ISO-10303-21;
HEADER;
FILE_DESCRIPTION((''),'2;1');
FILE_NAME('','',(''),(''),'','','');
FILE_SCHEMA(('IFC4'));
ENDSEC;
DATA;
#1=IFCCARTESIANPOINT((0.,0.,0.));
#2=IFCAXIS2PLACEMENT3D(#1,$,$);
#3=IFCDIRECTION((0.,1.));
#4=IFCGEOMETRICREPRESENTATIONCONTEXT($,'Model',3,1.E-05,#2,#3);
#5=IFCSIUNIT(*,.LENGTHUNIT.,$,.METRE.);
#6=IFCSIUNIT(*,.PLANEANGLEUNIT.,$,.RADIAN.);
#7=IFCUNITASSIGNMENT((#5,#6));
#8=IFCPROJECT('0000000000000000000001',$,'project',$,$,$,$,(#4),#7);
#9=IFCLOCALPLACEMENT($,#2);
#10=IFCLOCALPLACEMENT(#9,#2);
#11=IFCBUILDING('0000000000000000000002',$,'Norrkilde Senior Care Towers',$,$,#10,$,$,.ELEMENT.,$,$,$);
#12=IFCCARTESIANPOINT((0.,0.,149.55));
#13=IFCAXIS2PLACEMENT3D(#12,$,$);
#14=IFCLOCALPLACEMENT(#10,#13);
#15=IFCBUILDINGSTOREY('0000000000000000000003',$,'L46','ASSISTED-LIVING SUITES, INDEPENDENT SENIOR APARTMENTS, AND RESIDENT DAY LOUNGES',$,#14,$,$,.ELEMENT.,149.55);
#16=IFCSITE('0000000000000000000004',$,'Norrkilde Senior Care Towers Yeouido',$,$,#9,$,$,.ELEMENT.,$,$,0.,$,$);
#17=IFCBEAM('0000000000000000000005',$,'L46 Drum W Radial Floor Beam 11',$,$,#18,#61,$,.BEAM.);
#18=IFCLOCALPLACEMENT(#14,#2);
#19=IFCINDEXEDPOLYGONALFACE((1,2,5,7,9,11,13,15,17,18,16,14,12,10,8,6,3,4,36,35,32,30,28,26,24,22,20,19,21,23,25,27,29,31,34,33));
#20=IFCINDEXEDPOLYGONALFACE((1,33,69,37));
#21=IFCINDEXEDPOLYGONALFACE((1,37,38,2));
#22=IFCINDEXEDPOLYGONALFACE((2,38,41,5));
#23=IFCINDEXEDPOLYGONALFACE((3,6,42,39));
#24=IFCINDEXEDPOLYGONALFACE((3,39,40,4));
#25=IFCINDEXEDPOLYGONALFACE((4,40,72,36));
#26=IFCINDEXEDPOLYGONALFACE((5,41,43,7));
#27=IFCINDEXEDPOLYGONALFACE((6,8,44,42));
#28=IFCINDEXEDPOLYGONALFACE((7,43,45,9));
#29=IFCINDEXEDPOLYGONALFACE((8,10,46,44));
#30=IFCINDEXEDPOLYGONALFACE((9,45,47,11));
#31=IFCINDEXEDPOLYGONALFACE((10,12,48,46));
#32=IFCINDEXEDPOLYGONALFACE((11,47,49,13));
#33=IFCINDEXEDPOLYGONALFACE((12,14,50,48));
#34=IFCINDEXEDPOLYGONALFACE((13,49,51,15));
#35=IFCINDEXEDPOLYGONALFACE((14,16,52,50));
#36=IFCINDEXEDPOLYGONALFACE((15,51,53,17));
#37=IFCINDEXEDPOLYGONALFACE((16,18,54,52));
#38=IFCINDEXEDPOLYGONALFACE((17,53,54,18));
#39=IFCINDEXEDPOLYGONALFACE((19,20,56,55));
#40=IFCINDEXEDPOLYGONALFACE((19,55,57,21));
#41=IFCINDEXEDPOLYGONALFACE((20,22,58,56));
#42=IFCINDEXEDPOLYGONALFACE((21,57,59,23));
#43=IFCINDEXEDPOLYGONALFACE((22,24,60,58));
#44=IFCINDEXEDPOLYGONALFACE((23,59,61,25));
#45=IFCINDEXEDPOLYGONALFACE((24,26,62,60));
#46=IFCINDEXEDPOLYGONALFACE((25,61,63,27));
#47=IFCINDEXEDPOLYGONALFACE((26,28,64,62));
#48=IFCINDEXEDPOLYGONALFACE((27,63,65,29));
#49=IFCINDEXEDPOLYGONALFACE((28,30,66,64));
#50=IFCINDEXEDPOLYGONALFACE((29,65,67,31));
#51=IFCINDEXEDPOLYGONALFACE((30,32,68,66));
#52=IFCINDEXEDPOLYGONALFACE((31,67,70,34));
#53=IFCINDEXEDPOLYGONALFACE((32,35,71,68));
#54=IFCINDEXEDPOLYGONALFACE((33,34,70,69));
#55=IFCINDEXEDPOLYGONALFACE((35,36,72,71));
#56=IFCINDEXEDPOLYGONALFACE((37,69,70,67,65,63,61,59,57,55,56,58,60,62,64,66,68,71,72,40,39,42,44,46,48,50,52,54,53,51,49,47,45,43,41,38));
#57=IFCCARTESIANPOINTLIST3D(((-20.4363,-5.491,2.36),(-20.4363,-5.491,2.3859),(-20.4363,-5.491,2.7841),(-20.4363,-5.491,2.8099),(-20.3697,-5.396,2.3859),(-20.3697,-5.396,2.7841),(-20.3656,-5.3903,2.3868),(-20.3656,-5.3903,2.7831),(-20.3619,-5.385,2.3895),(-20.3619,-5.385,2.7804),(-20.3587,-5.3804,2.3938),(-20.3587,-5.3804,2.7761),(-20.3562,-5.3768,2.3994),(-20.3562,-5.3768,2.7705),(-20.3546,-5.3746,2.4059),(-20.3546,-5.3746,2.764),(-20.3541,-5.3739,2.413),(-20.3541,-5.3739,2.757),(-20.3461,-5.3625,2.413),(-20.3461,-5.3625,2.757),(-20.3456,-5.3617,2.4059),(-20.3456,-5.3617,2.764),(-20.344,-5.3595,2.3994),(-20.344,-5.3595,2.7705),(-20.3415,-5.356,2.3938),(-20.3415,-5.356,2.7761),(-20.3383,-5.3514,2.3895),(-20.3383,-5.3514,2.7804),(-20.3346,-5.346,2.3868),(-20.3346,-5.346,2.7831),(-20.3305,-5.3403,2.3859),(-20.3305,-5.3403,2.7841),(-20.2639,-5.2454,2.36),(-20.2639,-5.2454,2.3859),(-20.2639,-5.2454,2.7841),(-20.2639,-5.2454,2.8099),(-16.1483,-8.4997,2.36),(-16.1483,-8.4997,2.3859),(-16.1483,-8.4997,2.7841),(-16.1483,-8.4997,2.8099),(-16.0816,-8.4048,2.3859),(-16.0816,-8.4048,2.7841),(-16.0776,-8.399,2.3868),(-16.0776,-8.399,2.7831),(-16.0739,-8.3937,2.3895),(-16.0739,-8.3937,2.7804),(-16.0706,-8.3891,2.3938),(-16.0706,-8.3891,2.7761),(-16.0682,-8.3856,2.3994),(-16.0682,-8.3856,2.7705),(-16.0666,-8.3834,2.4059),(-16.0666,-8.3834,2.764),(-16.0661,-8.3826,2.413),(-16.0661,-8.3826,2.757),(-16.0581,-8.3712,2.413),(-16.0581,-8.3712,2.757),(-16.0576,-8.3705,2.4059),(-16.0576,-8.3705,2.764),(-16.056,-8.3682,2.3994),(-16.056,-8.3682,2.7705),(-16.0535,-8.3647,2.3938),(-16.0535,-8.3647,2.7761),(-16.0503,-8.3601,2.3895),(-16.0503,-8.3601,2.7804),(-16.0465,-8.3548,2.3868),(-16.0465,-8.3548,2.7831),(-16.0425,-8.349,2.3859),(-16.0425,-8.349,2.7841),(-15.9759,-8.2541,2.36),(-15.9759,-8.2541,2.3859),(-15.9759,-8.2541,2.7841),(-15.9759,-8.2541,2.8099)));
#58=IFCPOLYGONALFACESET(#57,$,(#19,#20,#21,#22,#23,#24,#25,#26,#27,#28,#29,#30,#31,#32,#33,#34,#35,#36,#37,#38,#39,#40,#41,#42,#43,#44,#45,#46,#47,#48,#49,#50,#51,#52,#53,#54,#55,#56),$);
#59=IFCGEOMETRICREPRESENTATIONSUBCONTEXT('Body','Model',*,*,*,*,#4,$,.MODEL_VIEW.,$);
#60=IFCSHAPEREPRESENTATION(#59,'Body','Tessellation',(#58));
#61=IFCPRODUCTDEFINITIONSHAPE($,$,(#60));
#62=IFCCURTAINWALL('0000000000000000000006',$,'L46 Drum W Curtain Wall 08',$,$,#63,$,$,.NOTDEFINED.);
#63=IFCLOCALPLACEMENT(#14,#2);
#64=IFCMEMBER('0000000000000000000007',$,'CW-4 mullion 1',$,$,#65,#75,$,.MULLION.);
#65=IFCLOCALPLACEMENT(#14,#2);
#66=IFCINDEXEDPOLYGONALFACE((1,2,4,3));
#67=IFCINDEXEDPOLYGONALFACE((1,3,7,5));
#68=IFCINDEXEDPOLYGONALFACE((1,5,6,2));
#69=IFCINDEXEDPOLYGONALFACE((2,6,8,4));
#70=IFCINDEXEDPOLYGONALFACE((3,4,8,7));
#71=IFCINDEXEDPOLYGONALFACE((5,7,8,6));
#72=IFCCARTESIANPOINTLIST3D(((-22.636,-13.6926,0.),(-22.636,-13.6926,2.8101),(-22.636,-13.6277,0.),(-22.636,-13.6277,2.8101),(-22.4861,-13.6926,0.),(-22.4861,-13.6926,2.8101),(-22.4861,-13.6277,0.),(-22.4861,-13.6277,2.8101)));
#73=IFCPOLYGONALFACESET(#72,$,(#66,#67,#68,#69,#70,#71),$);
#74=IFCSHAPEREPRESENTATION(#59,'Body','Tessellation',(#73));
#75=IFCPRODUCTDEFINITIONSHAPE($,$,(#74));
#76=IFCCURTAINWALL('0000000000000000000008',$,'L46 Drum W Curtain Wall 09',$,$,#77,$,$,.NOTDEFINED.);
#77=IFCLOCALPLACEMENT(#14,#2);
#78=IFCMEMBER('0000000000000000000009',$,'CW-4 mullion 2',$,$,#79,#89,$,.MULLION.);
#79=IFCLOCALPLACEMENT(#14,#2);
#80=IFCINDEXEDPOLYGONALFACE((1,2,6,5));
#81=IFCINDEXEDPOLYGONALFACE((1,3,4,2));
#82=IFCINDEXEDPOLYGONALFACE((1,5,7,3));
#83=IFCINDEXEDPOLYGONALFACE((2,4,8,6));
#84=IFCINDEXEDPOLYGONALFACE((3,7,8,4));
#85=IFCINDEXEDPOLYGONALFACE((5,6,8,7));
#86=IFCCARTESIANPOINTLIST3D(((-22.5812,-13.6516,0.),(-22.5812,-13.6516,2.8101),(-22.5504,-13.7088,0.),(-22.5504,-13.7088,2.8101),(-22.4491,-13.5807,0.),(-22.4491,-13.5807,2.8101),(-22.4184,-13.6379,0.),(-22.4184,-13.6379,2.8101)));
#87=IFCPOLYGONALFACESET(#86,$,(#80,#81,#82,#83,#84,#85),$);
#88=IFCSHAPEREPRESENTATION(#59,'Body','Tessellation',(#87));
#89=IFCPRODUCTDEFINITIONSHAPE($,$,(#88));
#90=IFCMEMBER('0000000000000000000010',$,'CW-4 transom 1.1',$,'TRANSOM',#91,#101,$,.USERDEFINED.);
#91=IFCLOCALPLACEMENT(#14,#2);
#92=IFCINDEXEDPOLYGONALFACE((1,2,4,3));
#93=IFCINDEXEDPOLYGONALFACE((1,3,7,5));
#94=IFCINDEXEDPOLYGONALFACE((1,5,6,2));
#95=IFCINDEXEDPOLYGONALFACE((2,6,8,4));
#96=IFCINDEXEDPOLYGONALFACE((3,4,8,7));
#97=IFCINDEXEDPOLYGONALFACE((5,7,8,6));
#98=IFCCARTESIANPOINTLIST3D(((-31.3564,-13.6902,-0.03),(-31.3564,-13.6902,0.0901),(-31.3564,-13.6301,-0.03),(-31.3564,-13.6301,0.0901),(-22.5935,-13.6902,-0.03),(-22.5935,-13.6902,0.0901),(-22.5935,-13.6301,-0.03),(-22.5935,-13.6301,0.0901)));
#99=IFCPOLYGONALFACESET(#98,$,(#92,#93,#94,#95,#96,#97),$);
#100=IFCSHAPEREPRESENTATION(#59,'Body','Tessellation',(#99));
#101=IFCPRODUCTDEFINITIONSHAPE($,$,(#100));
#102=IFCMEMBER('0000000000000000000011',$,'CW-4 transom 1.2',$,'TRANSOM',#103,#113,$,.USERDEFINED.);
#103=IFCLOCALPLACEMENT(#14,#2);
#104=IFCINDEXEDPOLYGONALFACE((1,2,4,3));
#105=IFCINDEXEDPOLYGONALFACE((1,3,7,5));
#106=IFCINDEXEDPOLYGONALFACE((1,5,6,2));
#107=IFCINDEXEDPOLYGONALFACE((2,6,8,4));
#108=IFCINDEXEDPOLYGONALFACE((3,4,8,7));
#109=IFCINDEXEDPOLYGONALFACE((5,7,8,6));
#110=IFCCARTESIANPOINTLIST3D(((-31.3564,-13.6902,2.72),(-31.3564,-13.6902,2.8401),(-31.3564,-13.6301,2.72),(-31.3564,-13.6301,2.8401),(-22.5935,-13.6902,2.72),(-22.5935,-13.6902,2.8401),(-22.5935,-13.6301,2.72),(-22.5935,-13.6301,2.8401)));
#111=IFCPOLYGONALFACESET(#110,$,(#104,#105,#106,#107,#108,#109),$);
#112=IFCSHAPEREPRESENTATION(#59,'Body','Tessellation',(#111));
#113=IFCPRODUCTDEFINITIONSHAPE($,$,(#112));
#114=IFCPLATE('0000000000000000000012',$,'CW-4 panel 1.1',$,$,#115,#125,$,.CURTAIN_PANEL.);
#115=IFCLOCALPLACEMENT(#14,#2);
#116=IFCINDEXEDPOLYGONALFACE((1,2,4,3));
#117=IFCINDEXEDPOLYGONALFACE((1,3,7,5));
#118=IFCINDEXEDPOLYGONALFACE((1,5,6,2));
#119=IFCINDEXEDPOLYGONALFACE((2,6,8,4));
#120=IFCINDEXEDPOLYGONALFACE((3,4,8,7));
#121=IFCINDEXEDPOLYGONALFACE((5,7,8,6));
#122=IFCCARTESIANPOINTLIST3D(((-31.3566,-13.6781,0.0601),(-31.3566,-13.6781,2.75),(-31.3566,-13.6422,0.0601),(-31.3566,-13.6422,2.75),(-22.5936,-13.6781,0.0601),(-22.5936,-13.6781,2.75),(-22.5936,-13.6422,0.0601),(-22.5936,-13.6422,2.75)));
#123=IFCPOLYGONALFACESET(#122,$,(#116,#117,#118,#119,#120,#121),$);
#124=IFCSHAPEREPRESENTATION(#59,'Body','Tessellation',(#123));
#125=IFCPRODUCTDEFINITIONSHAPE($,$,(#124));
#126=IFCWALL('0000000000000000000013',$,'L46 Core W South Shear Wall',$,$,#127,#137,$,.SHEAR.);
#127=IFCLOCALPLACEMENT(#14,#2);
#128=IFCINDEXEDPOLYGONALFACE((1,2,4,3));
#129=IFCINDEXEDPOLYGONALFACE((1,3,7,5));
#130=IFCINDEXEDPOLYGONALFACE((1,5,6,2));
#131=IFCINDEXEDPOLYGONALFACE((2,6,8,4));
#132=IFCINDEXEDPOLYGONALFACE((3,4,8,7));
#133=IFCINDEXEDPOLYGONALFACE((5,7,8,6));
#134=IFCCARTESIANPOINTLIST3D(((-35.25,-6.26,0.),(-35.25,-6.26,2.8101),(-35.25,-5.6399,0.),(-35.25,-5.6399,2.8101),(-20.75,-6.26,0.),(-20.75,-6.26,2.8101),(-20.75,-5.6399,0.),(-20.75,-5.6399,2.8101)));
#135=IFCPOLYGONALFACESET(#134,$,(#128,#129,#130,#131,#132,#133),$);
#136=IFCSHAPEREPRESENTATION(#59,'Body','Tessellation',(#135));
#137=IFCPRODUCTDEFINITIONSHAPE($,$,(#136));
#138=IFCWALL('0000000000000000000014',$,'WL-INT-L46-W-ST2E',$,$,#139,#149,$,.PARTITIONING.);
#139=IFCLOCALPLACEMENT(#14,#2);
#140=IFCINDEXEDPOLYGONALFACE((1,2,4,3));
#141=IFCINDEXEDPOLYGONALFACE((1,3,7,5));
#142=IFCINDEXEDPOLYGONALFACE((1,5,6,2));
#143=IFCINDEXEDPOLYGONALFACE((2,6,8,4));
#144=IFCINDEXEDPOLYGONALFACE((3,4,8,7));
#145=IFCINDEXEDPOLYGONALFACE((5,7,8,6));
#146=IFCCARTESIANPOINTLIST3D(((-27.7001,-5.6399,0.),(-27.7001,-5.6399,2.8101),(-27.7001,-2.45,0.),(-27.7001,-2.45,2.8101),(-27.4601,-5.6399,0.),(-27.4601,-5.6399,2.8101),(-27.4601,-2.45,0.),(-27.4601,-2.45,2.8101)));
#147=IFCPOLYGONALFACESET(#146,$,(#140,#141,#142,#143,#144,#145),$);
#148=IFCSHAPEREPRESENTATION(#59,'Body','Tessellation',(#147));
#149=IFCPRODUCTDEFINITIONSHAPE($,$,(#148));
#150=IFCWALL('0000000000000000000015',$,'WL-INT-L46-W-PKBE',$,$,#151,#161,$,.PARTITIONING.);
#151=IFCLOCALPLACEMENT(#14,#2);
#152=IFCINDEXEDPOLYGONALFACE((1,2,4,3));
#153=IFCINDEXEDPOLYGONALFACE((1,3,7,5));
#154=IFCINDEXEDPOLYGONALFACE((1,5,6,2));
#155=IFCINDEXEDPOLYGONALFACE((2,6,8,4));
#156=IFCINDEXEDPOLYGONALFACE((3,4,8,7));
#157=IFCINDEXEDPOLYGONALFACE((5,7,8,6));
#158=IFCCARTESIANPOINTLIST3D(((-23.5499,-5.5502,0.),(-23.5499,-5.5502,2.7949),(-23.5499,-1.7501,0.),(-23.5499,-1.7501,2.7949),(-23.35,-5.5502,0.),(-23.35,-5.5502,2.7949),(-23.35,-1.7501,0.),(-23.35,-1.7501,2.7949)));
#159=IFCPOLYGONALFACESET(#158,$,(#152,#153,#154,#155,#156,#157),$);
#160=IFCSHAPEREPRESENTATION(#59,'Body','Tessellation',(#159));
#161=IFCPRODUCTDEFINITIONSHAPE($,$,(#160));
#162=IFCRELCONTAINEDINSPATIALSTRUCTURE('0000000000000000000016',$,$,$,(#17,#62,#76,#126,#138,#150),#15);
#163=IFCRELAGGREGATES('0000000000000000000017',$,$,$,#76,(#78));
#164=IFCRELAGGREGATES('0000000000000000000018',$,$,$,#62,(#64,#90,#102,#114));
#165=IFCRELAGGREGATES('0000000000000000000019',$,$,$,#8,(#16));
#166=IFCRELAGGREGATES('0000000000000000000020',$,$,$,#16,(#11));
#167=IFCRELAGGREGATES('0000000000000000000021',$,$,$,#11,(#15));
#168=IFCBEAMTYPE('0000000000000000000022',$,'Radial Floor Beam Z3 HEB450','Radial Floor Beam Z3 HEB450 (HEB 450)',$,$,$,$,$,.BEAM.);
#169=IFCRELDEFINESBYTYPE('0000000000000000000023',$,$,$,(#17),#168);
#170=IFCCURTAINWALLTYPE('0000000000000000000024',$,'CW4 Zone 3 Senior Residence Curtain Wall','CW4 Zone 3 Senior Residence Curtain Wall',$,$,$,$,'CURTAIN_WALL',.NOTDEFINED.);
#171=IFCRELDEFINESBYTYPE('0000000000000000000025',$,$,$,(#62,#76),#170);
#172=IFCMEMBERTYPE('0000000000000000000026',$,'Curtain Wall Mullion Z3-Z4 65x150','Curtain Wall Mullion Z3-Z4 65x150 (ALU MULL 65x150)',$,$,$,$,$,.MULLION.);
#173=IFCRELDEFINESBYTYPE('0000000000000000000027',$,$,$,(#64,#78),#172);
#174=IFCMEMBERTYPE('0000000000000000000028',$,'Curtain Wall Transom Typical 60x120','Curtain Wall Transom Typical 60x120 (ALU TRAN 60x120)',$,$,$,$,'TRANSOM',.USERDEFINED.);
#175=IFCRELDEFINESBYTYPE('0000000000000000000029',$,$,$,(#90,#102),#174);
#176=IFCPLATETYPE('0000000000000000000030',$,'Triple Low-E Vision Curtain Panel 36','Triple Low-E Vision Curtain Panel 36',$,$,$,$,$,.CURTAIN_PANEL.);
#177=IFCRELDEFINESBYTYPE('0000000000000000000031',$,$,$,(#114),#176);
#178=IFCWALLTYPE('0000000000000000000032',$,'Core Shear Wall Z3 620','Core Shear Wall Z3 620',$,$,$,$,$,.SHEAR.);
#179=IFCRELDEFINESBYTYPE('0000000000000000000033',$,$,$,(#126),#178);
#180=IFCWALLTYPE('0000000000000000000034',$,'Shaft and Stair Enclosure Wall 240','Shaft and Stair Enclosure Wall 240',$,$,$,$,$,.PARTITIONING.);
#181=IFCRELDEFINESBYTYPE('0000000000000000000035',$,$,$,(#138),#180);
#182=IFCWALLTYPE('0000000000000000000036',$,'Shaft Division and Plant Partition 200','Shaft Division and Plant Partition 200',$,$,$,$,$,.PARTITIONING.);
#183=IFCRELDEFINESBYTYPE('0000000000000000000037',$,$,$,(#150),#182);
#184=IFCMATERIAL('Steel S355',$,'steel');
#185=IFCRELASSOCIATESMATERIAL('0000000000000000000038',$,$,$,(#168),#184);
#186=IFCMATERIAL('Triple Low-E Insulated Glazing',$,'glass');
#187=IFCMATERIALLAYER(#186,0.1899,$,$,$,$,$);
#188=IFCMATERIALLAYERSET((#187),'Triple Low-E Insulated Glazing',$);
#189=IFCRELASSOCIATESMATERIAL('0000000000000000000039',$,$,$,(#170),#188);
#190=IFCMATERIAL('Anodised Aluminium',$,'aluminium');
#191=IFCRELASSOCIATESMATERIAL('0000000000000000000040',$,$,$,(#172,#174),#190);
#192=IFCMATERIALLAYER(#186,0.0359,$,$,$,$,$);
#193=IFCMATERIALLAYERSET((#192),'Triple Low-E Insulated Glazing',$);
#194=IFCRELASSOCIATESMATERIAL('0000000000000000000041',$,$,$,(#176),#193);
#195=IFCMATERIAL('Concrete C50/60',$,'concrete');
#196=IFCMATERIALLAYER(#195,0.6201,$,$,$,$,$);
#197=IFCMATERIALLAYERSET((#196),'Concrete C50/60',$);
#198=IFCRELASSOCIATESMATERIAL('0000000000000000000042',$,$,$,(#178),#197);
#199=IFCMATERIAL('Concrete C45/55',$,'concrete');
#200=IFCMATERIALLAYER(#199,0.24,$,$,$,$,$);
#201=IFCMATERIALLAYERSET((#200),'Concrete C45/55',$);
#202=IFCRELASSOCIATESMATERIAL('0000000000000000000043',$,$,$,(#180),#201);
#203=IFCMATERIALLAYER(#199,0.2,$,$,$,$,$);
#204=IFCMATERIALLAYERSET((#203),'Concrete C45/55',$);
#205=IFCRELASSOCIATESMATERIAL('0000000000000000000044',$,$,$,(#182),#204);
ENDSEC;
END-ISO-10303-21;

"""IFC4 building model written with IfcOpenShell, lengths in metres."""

from ifc_helpers import new_model, si_unit, direction, frame, frame_2d, origin, origin_2d, place, context, subcontext, project, spatial, rectangle, i_section, extrude, source, transform, mapped, material, layer, layer_set, material_profile, profile_set, type_object, type_shapes, element, aggregate, save


model = new_model("IFC4")

# Units and contexts
model_context = context("Model", 3, precision=1e-05, world=origin(), true_north=direction((0.0, 1.0)))
body_context = subcontext(model_context, "Body", "Model", "MODEL_VIEW")
ifc_project = project(units=[si_unit("LENGTHUNIT", "METRE"), si_unit("PLANEANGLEUNIT", "RADIAN")], contexts=[model_context])

# Site, building, storey
site_placement = place(None, origin())
site = spatial("IfcSite", under=ifc_project, at=site_placement, Name="Norrkilde Senior Care Towers Yeouido", CompositionType="ELEMENT", RefElevation=0.0)
building_placement = place(site_placement, origin())
building = spatial("IfcBuilding", under=site, at=building_placement, Name="Norrkilde Senior Care Towers", CompositionType="ELEMENT")
storey_placement = place(building_placement, frame((0.0, 0.0, 149.55)))
storey = spatial("IfcBuildingStorey", under=building, at=storey_placement, Name="L46", Description="ASSISTED-LIVING SUITES, INDEPENDENT SENIOR APARTMENTS, AND RESIDENT DAY LOUNGES", CompositionType="ELEMENT", Elevation=149.55)

# Shared definitions
ifc_material_1 = material(Name="Concrete C50/60", Category="concrete")

# Beam
ifc_material_2 = material(Name="Steel S355", Category="steel")
ifc_material_profile_1 = material_profile(ifc_material_2, i_section(OverallWidth=0.3, OverallDepth=0.45, WebThickness=0.0139, FlangeThickness=0.0259, FilletRadius=0.0271, at=origin_2d()), Name="HEB 450")
ifc_profile_set_1 = profile_set([ifc_material_profile_1], Name="Steel S355")
beam_type_1 = type_object("IfcBeamType", Name="Radial Floor Beam Z3 HEB450", Description="Radial Floor Beam Z3 HEB450 (HEB 450)", PredefinedType="BEAM", material=ifc_profile_set_1)
shared_shape_1 = source(origin(), body_context, "Body", "SweptSolid", [
    extrude(i_section(OverallWidth=0.3, OverallDepth=0.45, WebThickness=0.0139, FlangeThickness=0.0259, FilletRadius=0.0271, at=origin_2d()), origin(), (0.0, 0.0, 1.0), 5.2383),
])
beam_1_placement = place(storey_placement, frame((-20.3501, -5.3682, 2.585), z_axis=(0.818592, -0.574375, 0.0), x_axis=(0.574375, 0.818592, 0.0)))
element("IfcBeam", 1, at=beam_1_placement, inside=storey, type_object=beam_type_1, Name="L46 Drum W Radial Floor Beam 11", PredefinedType="BEAM", context=body_context, shape_type="MappedRepresentation", body=[
    mapped(shared_shape_1, transform((0.0, 0.0, 0.0), x_axis=(1.0, 0.0, 0.0), y_axis=(0.0, 1.0, 0.0), z_axis=(0.0, 0.0, 1.0), scale=1.0)),
])

# Curtain walls, members
ifc_material_3 = material(Name="Triple Low-E Insulated Glazing", Category="glass")
ifc_layer_1 = layer(ifc_material_3, 0.1899)
ifc_layer_set_1 = layer_set([ifc_layer_1], Name="Triple Low-E Insulated Glazing")
curtain_wall_type = type_object("IfcCurtainWallType", Name="CW4 Zone 3 Senior Residence Curtain Wall", Description="CW4 Zone 3 Senior Residence Curtain Wall", ElementType="CURTAIN_WALL", PredefinedType="NOTDEFINED", material=ifc_layer_set_1)
curtain_wall_1_placement = place(storey_placement, origin())
curtain_wall_1 = element("IfcCurtainWall", 2, at=curtain_wall_1_placement, inside=storey, type_object=curtain_wall_type, Name="L46 Drum W Curtain Wall 08", PredefinedType="NOTDEFINED")
ifc_material_4 = material(Name="Anodised Aluminium", Category="aluminium")
ifc_material_profile_2 = material_profile(ifc_material_4, rectangle(XDim=0.0649, YDim=0.1499, at=origin_2d()), Name="ALU MULL 65x150")
ifc_profile_set_2 = profile_set([ifc_material_profile_2], Name="Anodised Aluminium")
member_type_1 = type_object("IfcMemberType", Name="Curtain Wall Mullion Z3-Z4 65x150", Description="Curtain Wall Mullion Z3-Z4 65x150 (ALU MULL 65x150)", PredefinedType="MULLION", material=ifc_profile_set_2)
shared_shape_2 = source(origin(), body_context, "Body", "SweptSolid", [
    extrude(rectangle(XDim=0.0649, YDim=0.1499, at=origin_2d()), origin(), (0.0, 0.0, 1.0), 2.8101),
])
type_shapes(member_type_1, [shared_shape_2])
member_1_placement = place(storey_placement, frame((-22.561, -13.6602, 0.0), z_axis=(0.0, 0.0, 1.0), x_axis=(0.0, -1.0, 0.0)))
member_1 = element("IfcMember", 3, at=member_1_placement, type_object=member_type_1, Name="CW-4 mullion 1", PredefinedType="MULLION", context=body_context, shape_type="MappedRepresentation", body=[
    mapped(shared_shape_2, transform((0.0, 0.0, 0.0), x_axis=(1.0, 0.0, 0.0), y_axis=(0.0, 1.0, 0.0), z_axis=(0.0, 0.0, 1.0), scale=1.0)),
])
curtain_wall_2_placement = place(storey_placement, origin())
curtain_wall_2 = element("IfcCurtainWall", 4, at=curtain_wall_2_placement, inside=storey, type_object=curtain_wall_type, Name="L46 Drum W Curtain Wall 09", PredefinedType="NOTDEFINED")
member_2_placement = place(storey_placement, frame((-22.4998, -13.6448, 0.0), z_axis=(0.0, 0.0, 1.0), x_axis=(0.473117, -0.881, 0.0)))
member_2 = element("IfcMember", 5, at=member_2_placement, type_object=member_type_1, Name="CW-4 mullion 2", PredefinedType="MULLION", context=body_context, shape_type="MappedRepresentation", body=[
    mapped(shared_shape_2, transform((0.0, 0.0, 0.0), x_axis=(1.0, 0.0, 0.0), y_axis=(0.0, 1.0, 0.0), z_axis=(0.0, 0.0, 1.0), scale=1.0)),
])
aggregate(curtain_wall_2, [member_2])

# Members
ifc_material_profile_3 = material_profile(ifc_material_4, rectangle(XDim=0.0601, YDim=0.1201, at=origin_2d()), Name="ALU TRAN 60x120")
ifc_profile_set_3 = profile_set([ifc_material_profile_3], Name="Anodised Aluminium")
member_type_2 = type_object("IfcMemberType", Name="Curtain Wall Transom Typical 60x120", Description="Curtain Wall Transom Typical 60x120 (ALU TRAN 60x120)", ElementType="TRANSOM", PredefinedType="USERDEFINED", material=ifc_profile_set_3)
shared_shape_3 = source(origin(), body_context, "Body", "SweptSolid", [
    extrude(rectangle(XDim=0.0601, YDim=0.1201, at=origin_2d()), origin(), (0.0, 0.0, 1.0), 8.7629),
])
type_shapes(member_type_2, [shared_shape_3])
member_3_placement = place(storey_placement, frame((-22.5935, -13.6602, 0.03), z_axis=(-1.0, 0.0, 0.0), x_axis=(0.0, -1.0, 0.0)))
member_3 = element("IfcMember", 6, at=member_3_placement, type_object=member_type_2, Name="CW-4 transom 1.1", ObjectType="TRANSOM", PredefinedType="USERDEFINED", context=body_context, shape_type="MappedRepresentation", body=[
    mapped(shared_shape_3, transform((0.0, 0.0, 0.0), x_axis=(1.0, 0.0, 0.0), y_axis=(0.0, 1.0, 0.0), z_axis=(0.0, 0.0, 1.0), scale=1.0)),
])
member_4_placement = place(storey_placement, frame((-22.5935, -13.6602, 2.78), z_axis=(-1.0, 0.0, 0.0), x_axis=(0.0, -1.0, 0.0)))
member_4 = element("IfcMember", 7, at=member_4_placement, type_object=member_type_2, Name="CW-4 transom 1.2", ObjectType="TRANSOM", PredefinedType="USERDEFINED", context=body_context, shape_type="MappedRepresentation", body=[
    mapped(shared_shape_3, transform((0.0, 0.0, 0.0), x_axis=(1.0, 0.0, 0.0), y_axis=(0.0, 1.0, 0.0), z_axis=(0.0, 0.0, 1.0), scale=1.0)),
])

# Plate
ifc_layer_2 = layer(ifc_material_3, 0.0359)
ifc_layer_set_2 = layer_set([ifc_layer_2], Name="Triple Low-E Insulated Glazing")
plate_type = type_object("IfcPlateType", Name="Triple Low-E Vision Curtain Panel 36", Description="Triple Low-E Vision Curtain Panel 36", PredefinedType="CURTAIN_PANEL", material=ifc_layer_set_2)
shared_shape_4 = source(origin(), body_context, "Body", "SweptSolid", [
    extrude(rectangle(XDim=8.7629, YDim=0.0359, at=origin_2d()), origin(), (0.0, 0.0, 1.0), 2.6899),
])
type_shapes(plate_type, [shared_shape_4])
plate_placement = place(storey_placement, frame((-26.9751, -13.6602, 0.0601), z_axis=(0.0, 0.0, 1.0), x_axis=(-1.0, 0.0, 0.0)))
plate = element("IfcPlate", 8, at=plate_placement, type_object=plate_type, Name="CW-4 panel 1.1", PredefinedType="CURTAIN_PANEL", context=body_context, shape_type="MappedRepresentation", body=[
    mapped(shared_shape_4, transform((0.0, 0.0, 0.0), x_axis=(1.0, 0.0, 0.0), y_axis=(0.0, 1.0, 0.0), z_axis=(0.0, 0.0, 1.0), scale=1.0)),
])
aggregate(curtain_wall_1, [member_1, member_3, member_4, plate])

# Walls
ifc_layer_3 = layer(ifc_material_1, 0.6201)
ifc_layer_set_3 = layer_set([ifc_layer_3], Name="Concrete C50/60")
wall_type_1 = type_object("IfcWallType", Name="Core Shear Wall Z3 620", Description="Core Shear Wall Z3 620", PredefinedType="SHEAR", material=ifc_layer_set_3)
shared_shape_5 = source(origin(), body_context, "Body", "SweptSolid", [
    extrude(rectangle(XDim=14.5, YDim=0.6201, at=frame_2d((7.25, 0.0))), origin(), (0.0, 0.0, 1.0), 2.8101),
])
type_shapes(wall_type_1, [shared_shape_5])
wall_1_placement = place(storey_placement, frame((-20.75, -5.95, 0.0), z_axis=(0.0, 0.0, 1.0), x_axis=(-1.0, 0.0, 0.0)))
element("IfcWall", 9, at=wall_1_placement, inside=storey, type_object=wall_type_1, Name="L46 Core W South Shear Wall", PredefinedType="SHEAR", context=body_context, shape_type="MappedRepresentation", body=[
    mapped(shared_shape_5, transform((0.0, 0.0, 0.0), x_axis=(1.0, 0.0, 0.0), y_axis=(0.0, 1.0, 0.0), z_axis=(0.0, 0.0, 1.0), scale=1.0)),
])
ifc_material_5 = material(Name="Concrete C45/55", Category="concrete")
ifc_layer_4 = layer(ifc_material_5, 0.24)
ifc_layer_set_4 = layer_set([ifc_layer_4], Name="Concrete C45/55")
wall_type_2 = type_object("IfcWallType", Name="Shaft and Stair Enclosure Wall 240", Description="Shaft and Stair Enclosure Wall 240", PredefinedType="PARTITIONING", material=ifc_layer_set_4)
shared_shape_6 = source(origin(), body_context, "Body", "SweptSolid", [
    extrude(rectangle(XDim=3.1899, YDim=0.24, at=frame_2d((1.595, 0.0))), origin(), (0.0, 0.0, 1.0), 2.8101),
])
type_shapes(wall_type_2, [shared_shape_6])
wall_2_placement = place(storey_placement, frame((-27.5801, -5.6399, 0.0), z_axis=(0.0, 0.0, 1.0), x_axis=(0.0, 1.0, 0.0)))
element("IfcWall", 10, at=wall_2_placement, inside=storey, type_object=wall_type_2, Name="WL-INT-L46-W-ST2E", PredefinedType="PARTITIONING", context=body_context, shape_type="MappedRepresentation", body=[
    mapped(shared_shape_6, transform((0.0, 0.0, 0.0), x_axis=(1.0, 0.0, 0.0), y_axis=(0.0, 1.0, 0.0), z_axis=(0.0, 0.0, 1.0), scale=1.0)),
])

# Wall
ifc_layer_5 = layer(ifc_material_5, 0.2)
ifc_layer_set_5 = layer_set([ifc_layer_5], Name="Concrete C45/55")
wall_type_3 = type_object("IfcWallType", Name="Shaft Division and Plant Partition 200", Description="Shaft Division and Plant Partition 200", PredefinedType="PARTITIONING", material=ifc_layer_set_5)
shared_shape_7 = source(origin(), body_context, "Body", "SweptSolid", [
    extrude(rectangle(XDim=3.8, YDim=0.2, at=frame_2d((1.8999, 0.0))), origin(), (0.0, 0.0, 1.0), 2.7949),
])
type_shapes(wall_type_3, [shared_shape_7])
wall_3_placement = place(storey_placement, frame((-23.45, -5.55, 0.0), z_axis=(0.0, 0.0, 1.0), x_axis=(0.0, 1.0, 0.0)))
element("IfcWall", 11, at=wall_3_placement, inside=storey, type_object=wall_type_3, Name="WL-INT-L46-W-PKBE", PredefinedType="PARTITIONING", context=body_context, shape_type="MappedRepresentation", body=[
    mapped(shared_shape_7, transform((0.0, 0.0, 0.0), x_axis=(1.0, 0.0, 0.0), y_axis=(0.0, 1.0, 0.0), z_axis=(0.0, 0.0, 1.0), scale=1.0)),
])

save(model, "model.ifc")
